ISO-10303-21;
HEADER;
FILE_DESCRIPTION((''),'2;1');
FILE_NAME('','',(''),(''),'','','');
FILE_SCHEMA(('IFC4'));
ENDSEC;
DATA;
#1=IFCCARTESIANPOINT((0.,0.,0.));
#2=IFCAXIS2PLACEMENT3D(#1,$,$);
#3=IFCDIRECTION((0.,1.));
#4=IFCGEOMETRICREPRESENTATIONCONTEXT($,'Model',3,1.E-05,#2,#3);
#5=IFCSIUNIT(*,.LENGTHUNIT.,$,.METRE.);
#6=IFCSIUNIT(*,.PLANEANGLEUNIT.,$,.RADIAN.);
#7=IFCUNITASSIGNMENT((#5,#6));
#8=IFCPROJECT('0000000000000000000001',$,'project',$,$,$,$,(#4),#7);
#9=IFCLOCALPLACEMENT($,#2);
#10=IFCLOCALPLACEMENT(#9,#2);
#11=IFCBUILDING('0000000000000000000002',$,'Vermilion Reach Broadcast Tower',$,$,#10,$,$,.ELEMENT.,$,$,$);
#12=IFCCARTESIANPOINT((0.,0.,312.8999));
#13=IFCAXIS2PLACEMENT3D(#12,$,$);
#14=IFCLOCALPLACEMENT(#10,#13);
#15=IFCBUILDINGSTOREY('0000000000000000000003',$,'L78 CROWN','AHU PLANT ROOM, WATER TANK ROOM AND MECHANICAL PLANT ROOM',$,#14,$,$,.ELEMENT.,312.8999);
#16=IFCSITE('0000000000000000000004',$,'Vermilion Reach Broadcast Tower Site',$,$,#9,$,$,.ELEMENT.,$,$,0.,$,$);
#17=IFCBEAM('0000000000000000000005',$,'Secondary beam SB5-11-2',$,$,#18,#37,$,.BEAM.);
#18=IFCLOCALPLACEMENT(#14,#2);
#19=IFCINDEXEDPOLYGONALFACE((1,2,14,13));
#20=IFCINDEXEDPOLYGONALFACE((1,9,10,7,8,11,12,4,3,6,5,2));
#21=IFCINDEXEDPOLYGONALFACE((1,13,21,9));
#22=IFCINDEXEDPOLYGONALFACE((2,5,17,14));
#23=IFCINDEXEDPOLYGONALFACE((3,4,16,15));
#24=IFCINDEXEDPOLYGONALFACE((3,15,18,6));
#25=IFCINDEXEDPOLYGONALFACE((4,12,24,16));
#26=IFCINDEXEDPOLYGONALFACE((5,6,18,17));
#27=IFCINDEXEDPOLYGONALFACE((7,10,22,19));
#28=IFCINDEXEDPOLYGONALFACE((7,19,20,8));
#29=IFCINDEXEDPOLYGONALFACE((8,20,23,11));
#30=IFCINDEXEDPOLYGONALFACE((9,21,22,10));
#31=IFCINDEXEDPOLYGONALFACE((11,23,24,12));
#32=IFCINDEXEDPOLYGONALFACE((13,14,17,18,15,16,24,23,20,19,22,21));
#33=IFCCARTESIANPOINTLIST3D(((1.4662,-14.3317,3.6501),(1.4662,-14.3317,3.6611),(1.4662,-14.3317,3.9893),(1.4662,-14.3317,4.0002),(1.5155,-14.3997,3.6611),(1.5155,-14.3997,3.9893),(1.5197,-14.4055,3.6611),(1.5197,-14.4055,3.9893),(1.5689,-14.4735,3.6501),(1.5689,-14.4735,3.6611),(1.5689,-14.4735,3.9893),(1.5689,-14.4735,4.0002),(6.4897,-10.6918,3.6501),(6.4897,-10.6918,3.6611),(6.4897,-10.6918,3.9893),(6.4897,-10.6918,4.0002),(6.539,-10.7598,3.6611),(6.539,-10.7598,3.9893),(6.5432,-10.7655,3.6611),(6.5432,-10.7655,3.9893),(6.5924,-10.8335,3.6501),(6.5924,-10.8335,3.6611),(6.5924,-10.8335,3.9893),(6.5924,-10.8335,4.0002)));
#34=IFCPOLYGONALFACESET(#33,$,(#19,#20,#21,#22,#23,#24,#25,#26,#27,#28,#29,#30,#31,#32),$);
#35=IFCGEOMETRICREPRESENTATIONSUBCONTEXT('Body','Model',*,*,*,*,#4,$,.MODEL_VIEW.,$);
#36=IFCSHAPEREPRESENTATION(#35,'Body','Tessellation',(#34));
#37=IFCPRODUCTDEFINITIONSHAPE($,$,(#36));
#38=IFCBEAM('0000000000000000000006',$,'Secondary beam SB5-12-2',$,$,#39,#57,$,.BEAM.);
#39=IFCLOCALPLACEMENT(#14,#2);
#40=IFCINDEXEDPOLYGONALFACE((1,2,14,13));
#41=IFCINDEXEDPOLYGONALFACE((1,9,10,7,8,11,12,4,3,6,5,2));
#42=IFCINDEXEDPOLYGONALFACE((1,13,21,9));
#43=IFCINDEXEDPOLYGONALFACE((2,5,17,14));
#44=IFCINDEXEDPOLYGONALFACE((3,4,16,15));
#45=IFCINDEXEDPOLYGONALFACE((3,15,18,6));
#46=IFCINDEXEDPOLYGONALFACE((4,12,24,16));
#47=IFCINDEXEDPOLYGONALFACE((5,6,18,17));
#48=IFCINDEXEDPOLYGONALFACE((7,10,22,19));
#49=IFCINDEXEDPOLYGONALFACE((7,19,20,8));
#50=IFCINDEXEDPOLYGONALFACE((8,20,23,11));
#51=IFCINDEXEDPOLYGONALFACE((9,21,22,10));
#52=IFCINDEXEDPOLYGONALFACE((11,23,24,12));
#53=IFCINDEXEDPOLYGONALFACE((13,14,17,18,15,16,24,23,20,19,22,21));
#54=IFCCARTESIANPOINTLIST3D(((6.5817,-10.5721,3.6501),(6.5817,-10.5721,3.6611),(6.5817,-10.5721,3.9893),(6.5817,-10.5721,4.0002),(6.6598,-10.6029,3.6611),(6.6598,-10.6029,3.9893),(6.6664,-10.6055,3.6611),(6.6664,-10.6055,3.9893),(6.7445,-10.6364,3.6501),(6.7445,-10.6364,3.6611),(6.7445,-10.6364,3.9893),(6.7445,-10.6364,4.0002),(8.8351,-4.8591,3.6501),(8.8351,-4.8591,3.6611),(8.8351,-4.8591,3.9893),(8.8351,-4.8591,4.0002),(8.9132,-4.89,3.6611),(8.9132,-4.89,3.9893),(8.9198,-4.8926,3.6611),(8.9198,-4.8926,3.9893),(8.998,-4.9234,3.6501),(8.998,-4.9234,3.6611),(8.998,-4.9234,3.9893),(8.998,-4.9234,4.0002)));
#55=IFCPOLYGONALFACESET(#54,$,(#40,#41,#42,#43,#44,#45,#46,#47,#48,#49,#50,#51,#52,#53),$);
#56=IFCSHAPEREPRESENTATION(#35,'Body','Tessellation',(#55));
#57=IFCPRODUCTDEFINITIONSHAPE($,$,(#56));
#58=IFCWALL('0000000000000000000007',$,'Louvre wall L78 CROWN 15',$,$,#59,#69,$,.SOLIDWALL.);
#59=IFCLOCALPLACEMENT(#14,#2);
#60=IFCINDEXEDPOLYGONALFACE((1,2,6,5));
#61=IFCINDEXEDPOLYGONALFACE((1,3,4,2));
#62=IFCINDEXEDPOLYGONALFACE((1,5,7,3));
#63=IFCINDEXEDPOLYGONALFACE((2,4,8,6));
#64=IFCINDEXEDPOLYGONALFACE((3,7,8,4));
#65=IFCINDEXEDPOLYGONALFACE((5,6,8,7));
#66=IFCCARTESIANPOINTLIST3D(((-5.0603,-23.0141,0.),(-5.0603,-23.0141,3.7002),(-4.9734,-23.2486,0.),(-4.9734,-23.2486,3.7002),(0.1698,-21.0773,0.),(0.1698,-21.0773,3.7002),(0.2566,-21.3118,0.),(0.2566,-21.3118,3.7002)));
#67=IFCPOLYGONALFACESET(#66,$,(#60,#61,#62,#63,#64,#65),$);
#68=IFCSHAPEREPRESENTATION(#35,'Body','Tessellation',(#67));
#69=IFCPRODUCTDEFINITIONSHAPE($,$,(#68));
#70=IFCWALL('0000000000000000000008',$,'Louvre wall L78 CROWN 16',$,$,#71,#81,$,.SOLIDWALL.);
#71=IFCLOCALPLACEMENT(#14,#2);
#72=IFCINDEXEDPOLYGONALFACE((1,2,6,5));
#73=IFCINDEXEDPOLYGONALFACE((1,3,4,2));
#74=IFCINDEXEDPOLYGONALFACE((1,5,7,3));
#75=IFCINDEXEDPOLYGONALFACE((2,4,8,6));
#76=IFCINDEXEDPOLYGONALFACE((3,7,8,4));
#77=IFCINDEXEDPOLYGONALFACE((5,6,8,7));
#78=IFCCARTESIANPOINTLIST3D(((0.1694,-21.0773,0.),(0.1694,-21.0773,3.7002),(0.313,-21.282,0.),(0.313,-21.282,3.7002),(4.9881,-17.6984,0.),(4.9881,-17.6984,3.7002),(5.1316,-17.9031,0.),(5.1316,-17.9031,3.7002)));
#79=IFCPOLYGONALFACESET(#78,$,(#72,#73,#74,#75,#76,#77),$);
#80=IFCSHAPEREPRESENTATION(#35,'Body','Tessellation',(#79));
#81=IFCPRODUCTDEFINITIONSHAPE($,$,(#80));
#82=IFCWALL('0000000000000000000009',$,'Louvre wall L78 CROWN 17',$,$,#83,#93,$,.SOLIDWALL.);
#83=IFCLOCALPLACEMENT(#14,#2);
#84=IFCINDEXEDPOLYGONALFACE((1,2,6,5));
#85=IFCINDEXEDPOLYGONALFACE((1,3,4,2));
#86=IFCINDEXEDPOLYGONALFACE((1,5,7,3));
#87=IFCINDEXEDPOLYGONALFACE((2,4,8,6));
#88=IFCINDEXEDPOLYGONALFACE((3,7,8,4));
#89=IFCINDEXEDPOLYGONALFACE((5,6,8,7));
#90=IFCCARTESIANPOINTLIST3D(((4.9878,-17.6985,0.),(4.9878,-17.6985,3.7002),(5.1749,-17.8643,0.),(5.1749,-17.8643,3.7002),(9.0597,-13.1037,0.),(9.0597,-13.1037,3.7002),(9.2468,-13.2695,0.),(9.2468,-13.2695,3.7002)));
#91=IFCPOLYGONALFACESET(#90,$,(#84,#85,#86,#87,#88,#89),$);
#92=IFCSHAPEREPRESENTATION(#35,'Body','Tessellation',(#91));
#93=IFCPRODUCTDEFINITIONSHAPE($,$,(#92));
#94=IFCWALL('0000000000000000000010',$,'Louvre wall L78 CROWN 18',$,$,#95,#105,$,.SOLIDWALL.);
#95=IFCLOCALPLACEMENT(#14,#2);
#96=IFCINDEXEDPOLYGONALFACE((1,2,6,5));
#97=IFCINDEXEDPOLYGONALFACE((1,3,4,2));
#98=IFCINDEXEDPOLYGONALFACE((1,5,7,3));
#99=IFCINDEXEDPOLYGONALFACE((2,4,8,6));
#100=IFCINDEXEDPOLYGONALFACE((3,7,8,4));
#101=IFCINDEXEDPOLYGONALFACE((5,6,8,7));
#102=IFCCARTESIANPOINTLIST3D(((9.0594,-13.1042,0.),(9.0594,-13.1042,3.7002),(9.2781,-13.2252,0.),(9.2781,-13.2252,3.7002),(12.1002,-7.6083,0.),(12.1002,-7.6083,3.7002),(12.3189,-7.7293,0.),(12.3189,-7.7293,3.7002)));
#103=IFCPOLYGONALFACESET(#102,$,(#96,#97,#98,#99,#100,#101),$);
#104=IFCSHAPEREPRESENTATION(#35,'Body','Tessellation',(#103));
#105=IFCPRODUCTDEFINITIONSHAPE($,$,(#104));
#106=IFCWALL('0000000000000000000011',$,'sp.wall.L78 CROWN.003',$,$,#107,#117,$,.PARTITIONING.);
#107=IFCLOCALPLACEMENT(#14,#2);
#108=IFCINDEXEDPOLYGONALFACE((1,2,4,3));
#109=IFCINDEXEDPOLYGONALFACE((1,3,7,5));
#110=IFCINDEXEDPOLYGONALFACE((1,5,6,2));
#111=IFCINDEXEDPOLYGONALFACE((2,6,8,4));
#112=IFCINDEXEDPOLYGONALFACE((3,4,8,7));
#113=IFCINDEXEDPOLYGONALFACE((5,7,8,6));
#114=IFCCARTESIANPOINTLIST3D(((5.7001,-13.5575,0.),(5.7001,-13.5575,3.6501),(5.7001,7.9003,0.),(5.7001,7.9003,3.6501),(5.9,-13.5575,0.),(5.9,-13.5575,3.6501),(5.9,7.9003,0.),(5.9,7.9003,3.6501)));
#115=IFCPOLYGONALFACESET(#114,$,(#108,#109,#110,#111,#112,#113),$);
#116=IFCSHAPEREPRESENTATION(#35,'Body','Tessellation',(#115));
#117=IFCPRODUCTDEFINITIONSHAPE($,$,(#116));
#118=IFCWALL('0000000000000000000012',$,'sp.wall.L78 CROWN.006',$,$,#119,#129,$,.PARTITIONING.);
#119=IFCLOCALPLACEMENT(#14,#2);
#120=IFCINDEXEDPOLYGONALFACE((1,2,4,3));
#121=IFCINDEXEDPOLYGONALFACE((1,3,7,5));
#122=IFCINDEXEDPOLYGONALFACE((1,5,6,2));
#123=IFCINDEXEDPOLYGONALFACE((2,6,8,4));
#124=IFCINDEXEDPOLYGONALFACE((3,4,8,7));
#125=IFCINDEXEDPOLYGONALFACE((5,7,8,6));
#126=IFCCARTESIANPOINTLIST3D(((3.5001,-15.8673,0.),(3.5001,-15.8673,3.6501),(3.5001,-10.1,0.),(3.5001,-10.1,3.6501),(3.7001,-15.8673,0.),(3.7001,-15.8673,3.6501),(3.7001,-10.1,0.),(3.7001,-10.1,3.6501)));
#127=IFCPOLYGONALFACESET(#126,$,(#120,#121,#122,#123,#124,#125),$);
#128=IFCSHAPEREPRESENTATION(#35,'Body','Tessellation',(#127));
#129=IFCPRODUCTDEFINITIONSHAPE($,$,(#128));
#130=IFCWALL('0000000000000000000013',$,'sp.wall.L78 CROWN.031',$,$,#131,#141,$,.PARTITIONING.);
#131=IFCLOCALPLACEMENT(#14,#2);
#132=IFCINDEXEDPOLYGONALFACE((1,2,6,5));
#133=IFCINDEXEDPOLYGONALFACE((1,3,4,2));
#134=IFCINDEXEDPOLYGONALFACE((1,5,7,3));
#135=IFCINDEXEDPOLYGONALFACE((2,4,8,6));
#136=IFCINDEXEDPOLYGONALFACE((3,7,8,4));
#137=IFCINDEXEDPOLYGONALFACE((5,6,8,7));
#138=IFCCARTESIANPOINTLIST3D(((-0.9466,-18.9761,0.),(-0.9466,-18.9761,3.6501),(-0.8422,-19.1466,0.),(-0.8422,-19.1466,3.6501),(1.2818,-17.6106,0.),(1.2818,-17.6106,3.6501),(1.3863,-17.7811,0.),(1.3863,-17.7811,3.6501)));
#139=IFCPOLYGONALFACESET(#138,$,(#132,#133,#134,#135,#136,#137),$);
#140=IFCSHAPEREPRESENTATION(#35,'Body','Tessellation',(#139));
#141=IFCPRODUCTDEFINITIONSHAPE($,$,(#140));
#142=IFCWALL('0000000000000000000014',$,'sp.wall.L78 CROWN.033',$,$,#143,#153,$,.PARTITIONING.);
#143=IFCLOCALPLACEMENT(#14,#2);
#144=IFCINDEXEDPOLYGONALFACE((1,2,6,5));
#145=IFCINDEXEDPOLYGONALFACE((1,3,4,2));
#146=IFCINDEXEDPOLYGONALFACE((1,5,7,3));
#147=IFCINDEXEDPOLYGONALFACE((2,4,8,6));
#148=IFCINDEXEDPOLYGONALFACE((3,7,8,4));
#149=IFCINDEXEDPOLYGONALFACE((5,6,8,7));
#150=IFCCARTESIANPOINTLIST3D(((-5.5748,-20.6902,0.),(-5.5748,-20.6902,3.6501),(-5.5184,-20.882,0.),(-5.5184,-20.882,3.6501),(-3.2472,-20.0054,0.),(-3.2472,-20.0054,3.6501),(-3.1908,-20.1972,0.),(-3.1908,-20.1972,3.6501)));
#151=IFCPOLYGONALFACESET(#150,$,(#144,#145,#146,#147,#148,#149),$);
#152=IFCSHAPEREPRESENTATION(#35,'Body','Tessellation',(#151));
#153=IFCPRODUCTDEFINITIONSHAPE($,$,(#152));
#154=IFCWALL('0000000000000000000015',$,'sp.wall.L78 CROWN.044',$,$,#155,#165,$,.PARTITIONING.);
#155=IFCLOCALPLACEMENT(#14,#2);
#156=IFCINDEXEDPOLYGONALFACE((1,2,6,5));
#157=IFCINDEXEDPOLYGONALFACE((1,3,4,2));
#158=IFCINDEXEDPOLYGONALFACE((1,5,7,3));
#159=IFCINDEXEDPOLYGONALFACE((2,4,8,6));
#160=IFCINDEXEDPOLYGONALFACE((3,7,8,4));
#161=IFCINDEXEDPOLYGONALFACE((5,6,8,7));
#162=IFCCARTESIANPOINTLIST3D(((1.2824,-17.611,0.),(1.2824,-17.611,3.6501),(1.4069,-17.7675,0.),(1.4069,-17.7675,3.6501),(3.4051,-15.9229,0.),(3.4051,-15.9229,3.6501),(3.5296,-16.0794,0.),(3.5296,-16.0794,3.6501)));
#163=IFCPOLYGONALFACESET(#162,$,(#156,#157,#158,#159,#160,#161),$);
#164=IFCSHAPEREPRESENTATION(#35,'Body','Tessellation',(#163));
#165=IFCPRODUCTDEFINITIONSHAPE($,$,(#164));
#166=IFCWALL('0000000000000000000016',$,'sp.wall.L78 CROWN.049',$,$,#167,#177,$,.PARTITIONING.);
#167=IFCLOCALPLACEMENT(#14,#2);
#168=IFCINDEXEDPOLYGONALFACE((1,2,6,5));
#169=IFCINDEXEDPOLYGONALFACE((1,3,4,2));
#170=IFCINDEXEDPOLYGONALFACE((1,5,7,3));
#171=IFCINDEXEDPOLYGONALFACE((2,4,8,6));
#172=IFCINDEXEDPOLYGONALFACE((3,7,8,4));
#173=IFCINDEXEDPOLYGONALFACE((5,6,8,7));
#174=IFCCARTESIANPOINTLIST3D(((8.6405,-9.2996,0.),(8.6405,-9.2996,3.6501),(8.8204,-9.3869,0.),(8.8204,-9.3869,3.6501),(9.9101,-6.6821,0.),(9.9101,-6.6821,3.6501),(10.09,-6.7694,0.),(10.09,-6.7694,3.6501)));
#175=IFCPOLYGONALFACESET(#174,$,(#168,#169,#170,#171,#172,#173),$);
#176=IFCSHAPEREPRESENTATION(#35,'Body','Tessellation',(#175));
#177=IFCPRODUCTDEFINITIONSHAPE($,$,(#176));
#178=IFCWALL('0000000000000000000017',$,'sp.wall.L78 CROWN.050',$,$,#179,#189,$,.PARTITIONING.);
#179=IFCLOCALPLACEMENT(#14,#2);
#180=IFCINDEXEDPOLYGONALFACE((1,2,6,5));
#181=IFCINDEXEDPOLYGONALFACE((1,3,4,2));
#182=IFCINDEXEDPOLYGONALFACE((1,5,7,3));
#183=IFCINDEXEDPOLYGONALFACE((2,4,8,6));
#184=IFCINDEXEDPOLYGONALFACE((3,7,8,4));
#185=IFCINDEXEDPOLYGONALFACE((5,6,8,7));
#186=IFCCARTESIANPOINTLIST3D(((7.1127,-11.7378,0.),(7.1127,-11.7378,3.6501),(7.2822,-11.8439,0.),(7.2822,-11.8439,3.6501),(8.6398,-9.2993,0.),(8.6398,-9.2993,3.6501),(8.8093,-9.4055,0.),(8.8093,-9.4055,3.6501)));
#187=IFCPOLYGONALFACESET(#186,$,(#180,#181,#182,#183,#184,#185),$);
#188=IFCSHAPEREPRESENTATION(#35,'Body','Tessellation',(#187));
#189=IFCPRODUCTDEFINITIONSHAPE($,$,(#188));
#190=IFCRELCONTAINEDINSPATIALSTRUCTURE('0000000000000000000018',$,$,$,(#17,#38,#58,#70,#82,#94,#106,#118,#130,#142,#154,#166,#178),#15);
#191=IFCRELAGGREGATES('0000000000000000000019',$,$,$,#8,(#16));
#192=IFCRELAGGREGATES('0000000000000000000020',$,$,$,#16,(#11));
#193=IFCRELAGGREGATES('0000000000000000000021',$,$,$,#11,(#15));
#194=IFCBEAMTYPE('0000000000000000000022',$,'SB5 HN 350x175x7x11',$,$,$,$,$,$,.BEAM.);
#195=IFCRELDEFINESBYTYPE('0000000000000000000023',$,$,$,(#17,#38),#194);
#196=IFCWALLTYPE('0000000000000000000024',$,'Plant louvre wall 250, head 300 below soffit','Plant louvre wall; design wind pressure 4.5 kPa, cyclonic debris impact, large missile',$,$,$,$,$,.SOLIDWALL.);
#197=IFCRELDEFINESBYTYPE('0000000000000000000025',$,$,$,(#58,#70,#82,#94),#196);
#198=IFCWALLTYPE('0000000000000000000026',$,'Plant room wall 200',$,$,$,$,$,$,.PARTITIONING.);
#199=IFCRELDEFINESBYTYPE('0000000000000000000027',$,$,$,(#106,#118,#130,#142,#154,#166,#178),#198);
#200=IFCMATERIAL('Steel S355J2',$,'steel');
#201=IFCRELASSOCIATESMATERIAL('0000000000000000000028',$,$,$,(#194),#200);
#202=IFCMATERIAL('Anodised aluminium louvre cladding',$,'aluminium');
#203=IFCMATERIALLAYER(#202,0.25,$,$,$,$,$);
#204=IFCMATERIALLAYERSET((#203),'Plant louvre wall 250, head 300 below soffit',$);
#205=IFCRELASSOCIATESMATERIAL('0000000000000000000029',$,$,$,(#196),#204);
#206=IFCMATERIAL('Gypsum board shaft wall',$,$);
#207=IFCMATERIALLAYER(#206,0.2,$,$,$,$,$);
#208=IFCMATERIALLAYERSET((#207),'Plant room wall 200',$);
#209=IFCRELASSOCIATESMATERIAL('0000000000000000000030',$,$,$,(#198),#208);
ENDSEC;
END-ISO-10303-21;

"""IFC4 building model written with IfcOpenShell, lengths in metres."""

from ifc_helpers import new_model, si_unit, direction, frame, frame_2d, origin, origin_2d, place, context, subcontext, project, spatial, rectangle, i_section, extrude, material, layer, layer_set, material_profile, profile_set, type_object, element, save


model = new_model("IFC4")

# Units and contexts
model_context = context("Model", 3, precision=1e-05, world=origin(), true_north=direction((0.0, 1.0)))
body_context = subcontext(model_context, "Body", "Model", "MODEL_VIEW")
ifc_project = project(units=[si_unit("LENGTHUNIT", "METRE"), si_unit("PLANEANGLEUNIT", "RADIAN")], contexts=[model_context])

# Site, building, storey
site_placement = place(None, origin())
site = spatial("IfcSite", under=ifc_project, at=site_placement, Name="Vermilion Reach Broadcast Tower Site", CompositionType="ELEMENT", RefElevation=0.0)
building_placement = place(site_placement, origin())
building = spatial("IfcBuilding", under=site, at=building_placement, Name="Vermilion Reach Broadcast Tower", CompositionType="ELEMENT")
storey_placement = place(building_placement, frame((0.0, 0.0, 312.8999)))
storey = spatial("IfcBuildingStorey", under=building, at=storey_placement, Name="L78 CROWN", Description="AHU PLANT ROOM, WATER TANK ROOM AND MECHANICAL PLANT ROOM", CompositionType="ELEMENT", Elevation=312.8999)

# Beams
ifc_material_1 = material(Name="Steel S355J2", Category="steel")
ifc_material_profile_1 = material_profile(ifc_material_1, i_section(OverallWidth=0.175, OverallDepth=0.3501, WebThickness=0.0071, FlangeThickness=0.011, at=origin_2d()), Name="S355J2 HN 350x175x7x11")
ifc_profile_set_1 = profile_set([ifc_material_profile_1], Name="Steel S355J2")
beam_type_1 = type_object("IfcBeamType", Name="SB5 HN 350x175x7x11", PredefinedType="BEAM", material=ifc_profile_set_1)
beam_1_placement = place(storey_placement, frame((1.5176, -14.4026, 3.8252), z_axis=(0.809771, 0.586746, 0.0), x_axis=(-0.586746, 0.809771, 0.0)))
element("IfcBeam", 1, at=beam_1_placement, inside=storey, type_object=beam_type_1, Name="Secondary beam SB5-11-2", PredefinedType="BEAM", context=body_context, shape_type="SweptSolid", body=[
    extrude(i_section(OverallWidth=0.175, OverallDepth=0.3501, WebThickness=0.0071, FlangeThickness=0.011, at=origin_2d()), origin(), (0.0, 0.0, 1.0), 6.2036),
])
beam_2_placement = place(storey_placement, frame((6.6631, -10.6042, 3.8252), z_axis=(0.366931, 0.930248, 0.0), x_axis=(-0.930248, 0.366931, 0.0)))
element("IfcBeam", 2, at=beam_2_placement, inside=storey, type_object=beam_type_1, Name="Secondary beam SB5-12-2", PredefinedType="BEAM", context=body_context, shape_type="SweptSolid", body=[
    extrude(i_section(OverallWidth=0.175, OverallDepth=0.3501, WebThickness=0.0071, FlangeThickness=0.011, at=origin_2d()), origin(), (0.0, 0.0, 1.0), 6.1414),
])

# Walls
ifc_material_2 = material(Name="Anodised aluminium louvre cladding", Category="aluminium")
ifc_layer_1 = layer(ifc_material_2, 0.25)
ifc_layer_set_1 = layer_set([ifc_layer_1], Name="Plant louvre wall 250, head 300 below soffit")
wall_type_1 = type_object("IfcWallType", Name="Plant louvre wall 250, head 300 below soffit", Description="Plant louvre wall; design wind pressure 4.5 kPa, cyclonic debris impact, large missile", PredefinedType="SOLIDWALL", material=ifc_layer_set_1)
wall_1_placement = place(storey_placement, frame((-5.0168, -23.1313, 0.0), z_axis=(0.0, 0.0, 1.0), x_axis=(0.937764, 0.347273, 0.0)))
element("IfcWall", 3, at=wall_1_placement, inside=storey, type_object=wall_type_1, Name="Louvre wall L78 CROWN 15", PredefinedType="SOLIDWALL", context=body_context, shape_type="SweptSolid", body=[
    extrude(rectangle(XDim=5.5771, YDim=0.25, at=frame_2d((2.7886, 0.0))), origin(), (0.0, 0.0, 1.0), 3.7002),
])
wall_2_placement = place(storey_placement, frame((0.2412, -21.1797, 0.0), z_axis=(0.0, 0.0, 1.0), x_axis=(0.818762, 0.574133, 0.0)))
element("IfcWall", 4, at=wall_2_placement, inside=storey, type_object=wall_type_1, Name="Louvre wall L78 CROWN 16", PredefinedType="SOLIDWALL", context=body_context, shape_type="SweptSolid", body=[
    extrude(rectangle(XDim=5.8853, YDim=0.25, at=frame_2d((2.9426, 0.0))), origin(), (0.0, 0.0, 1.0), 3.7002),
])
wall_3_placement = place(storey_placement, frame((5.0813, -17.7815, 0.0), z_axis=(0.0, 0.0, 1.0), x_axis=(0.663233, 0.748413, 0.0)))
element("IfcWall", 5, at=wall_3_placement, inside=storey, type_object=wall_type_1, Name="Louvre wall L78 CROWN 17", PredefinedType="SOLIDWALL", context=body_context, shape_type="SweptSolid", body=[
    extrude(rectangle(XDim=6.1394, YDim=0.25, at=frame_2d((3.0698, 0.0))), origin(), (0.0, 0.0, 1.0), 3.7002),
])
wall_4_placement = place(storey_placement, frame((9.1687, -13.1648, 0.0), z_axis=(0.0, 0.0, 1.0), x_axis=(0.484124, 0.874999, 0.0)))
element("IfcWall", 6, at=wall_4_placement, inside=storey, type_object=wall_type_1, Name="Louvre wall L78 CROWN 18", PredefinedType="SOLIDWALL", context=body_context, shape_type="SweptSolid", body=[
    extrude(rectangle(XDim=6.281, YDim=0.25, at=frame_2d((3.1406, 0.0))), origin(), (0.0, 0.0, 1.0), 3.7002),
])
ifc_material_3 = material(Name="Gypsum board shaft wall")
ifc_layer_2 = layer(ifc_material_3, 0.2)
ifc_layer_set_2 = layer_set([ifc_layer_2], Name="Plant room wall 200")
wall_type_2 = type_object("IfcWallType", Name="Plant room wall 200", PredefinedType="PARTITIONING", material=ifc_layer_set_2)
wall_5_placement = place(storey_placement, frame((5.8, -13.5576, 0.0), z_axis=(0.0, 0.0, 1.0), x_axis=(0.0, 1.0, 0.0)))
element("IfcWall", 7, at=wall_5_placement, inside=storey, type_object=wall_type_2, Name="sp.wall.L78 CROWN.003", PredefinedType="PARTITIONING", context=body_context, shape_type="SweptSolid", body=[
    extrude(rectangle(XDim=21.4578, YDim=0.2, at=frame_2d((10.729, 0.0))), origin(), (0.0, 0.0, 1.0), 3.6501),
])
wall_6_placement = place(storey_placement, frame((3.6001, -15.8674, 0.0), z_axis=(0.0, 0.0, 1.0), x_axis=(0.0, 1.0, 0.0)))
element("IfcWall", 8, at=wall_6_placement, inside=storey, type_object=wall_type_2, Name="sp.wall.L78 CROWN.006", PredefinedType="PARTITIONING", context=body_context, shape_type="SweptSolid", body=[
    extrude(rectangle(XDim=5.7673, YDim=0.2, at=frame_2d((2.8838, 0.0))), origin(), (0.0, 0.0, 1.0), 3.6501),
])
wall_7_placement = place(storey_placement, frame((-0.8943, -19.0613, 0.0), z_axis=(0.0, 0.0, 1.0), x_axis=(0.852667, 0.522455, 0.0)))
element("IfcWall", 9, at=wall_7_placement, inside=storey, type_object=wall_type_2, Name="sp.wall.L78 CROWN.031", PredefinedType="PARTITIONING", context=body_context, shape_type="SweptSolid", body=[
    extrude(rectangle(XDim=2.6135, YDim=0.2, at=frame_2d((1.3066, 0.0))), origin(), (0.0, 0.0, 1.0), 3.6501),
])

# Walls
wall_8_placement = place(storey_placement, frame((-5.5466, -20.7861, 0.0), z_axis=(0.0, 0.0, 1.0), x_axis=(0.959341, 0.282248, 0.0)))
element("IfcWall", 10, at=wall_8_placement, inside=storey, type_object=wall_type_2, Name="sp.wall.L78 CROWN.033", PredefinedType="PARTITIONING", context=body_context, shape_type="SweptSolid", body=[
    extrude(rectangle(XDim=2.4263, YDim=0.2, at=frame_2d((1.2131, 0.0))), origin(), (0.0, 0.0, 1.0), 3.6501),
])
wall_9_placement = place(storey_placement, frame((1.3447, -17.6892, 0.0), z_axis=(0.0, 0.0, 1.0), x_axis=(0.782666, 0.622442, 0.0)))
element("IfcWall", 11, at=wall_9_placement, inside=storey, type_object=wall_type_2, Name="sp.wall.L78 CROWN.044", PredefinedType="PARTITIONING", context=body_context, shape_type="SweptSolid", body=[
    extrude(rectangle(XDim=2.7122, YDim=0.2, at=frame_2d((1.356, 0.0))), origin(), (0.0, 0.0, 1.0), 3.6501),
])
wall_10_placement = place(storey_placement, frame((8.7305, -9.3433, 0.0), z_axis=(0.0, 0.0, 1.0), x_axis=(0.436405, 0.89975, 0.0)))
element("IfcWall", 12, at=wall_10_placement, inside=storey, type_object=wall_type_2, Name="sp.wall.L78 CROWN.049", PredefinedType="PARTITIONING", context=body_context, shape_type="SweptSolid", body=[
    extrude(rectangle(XDim=2.9092, YDim=0.2, at=frame_2d((1.4546, 0.0))), origin(), (0.0, 0.0, 1.0), 3.6501),
])
wall_11_placement = place(storey_placement, frame((7.1975, -11.7908, 0.0), z_axis=(0.0, 0.0, 1.0), x_axis=(0.530761, 0.847521, 0.0)))
element("IfcWall", 13, at=wall_11_placement, inside=storey, type_object=wall_type_2, Name="sp.wall.L78 CROWN.050", PredefinedType="PARTITIONING", context=body_context, shape_type="SweptSolid", body=[
    extrude(rectangle(XDim=2.8772, YDim=0.2, at=frame_2d((1.4385, 0.0))), origin(), (0.0, 0.0, 1.0), 3.6501),
])

save(model, "model.ifc")
